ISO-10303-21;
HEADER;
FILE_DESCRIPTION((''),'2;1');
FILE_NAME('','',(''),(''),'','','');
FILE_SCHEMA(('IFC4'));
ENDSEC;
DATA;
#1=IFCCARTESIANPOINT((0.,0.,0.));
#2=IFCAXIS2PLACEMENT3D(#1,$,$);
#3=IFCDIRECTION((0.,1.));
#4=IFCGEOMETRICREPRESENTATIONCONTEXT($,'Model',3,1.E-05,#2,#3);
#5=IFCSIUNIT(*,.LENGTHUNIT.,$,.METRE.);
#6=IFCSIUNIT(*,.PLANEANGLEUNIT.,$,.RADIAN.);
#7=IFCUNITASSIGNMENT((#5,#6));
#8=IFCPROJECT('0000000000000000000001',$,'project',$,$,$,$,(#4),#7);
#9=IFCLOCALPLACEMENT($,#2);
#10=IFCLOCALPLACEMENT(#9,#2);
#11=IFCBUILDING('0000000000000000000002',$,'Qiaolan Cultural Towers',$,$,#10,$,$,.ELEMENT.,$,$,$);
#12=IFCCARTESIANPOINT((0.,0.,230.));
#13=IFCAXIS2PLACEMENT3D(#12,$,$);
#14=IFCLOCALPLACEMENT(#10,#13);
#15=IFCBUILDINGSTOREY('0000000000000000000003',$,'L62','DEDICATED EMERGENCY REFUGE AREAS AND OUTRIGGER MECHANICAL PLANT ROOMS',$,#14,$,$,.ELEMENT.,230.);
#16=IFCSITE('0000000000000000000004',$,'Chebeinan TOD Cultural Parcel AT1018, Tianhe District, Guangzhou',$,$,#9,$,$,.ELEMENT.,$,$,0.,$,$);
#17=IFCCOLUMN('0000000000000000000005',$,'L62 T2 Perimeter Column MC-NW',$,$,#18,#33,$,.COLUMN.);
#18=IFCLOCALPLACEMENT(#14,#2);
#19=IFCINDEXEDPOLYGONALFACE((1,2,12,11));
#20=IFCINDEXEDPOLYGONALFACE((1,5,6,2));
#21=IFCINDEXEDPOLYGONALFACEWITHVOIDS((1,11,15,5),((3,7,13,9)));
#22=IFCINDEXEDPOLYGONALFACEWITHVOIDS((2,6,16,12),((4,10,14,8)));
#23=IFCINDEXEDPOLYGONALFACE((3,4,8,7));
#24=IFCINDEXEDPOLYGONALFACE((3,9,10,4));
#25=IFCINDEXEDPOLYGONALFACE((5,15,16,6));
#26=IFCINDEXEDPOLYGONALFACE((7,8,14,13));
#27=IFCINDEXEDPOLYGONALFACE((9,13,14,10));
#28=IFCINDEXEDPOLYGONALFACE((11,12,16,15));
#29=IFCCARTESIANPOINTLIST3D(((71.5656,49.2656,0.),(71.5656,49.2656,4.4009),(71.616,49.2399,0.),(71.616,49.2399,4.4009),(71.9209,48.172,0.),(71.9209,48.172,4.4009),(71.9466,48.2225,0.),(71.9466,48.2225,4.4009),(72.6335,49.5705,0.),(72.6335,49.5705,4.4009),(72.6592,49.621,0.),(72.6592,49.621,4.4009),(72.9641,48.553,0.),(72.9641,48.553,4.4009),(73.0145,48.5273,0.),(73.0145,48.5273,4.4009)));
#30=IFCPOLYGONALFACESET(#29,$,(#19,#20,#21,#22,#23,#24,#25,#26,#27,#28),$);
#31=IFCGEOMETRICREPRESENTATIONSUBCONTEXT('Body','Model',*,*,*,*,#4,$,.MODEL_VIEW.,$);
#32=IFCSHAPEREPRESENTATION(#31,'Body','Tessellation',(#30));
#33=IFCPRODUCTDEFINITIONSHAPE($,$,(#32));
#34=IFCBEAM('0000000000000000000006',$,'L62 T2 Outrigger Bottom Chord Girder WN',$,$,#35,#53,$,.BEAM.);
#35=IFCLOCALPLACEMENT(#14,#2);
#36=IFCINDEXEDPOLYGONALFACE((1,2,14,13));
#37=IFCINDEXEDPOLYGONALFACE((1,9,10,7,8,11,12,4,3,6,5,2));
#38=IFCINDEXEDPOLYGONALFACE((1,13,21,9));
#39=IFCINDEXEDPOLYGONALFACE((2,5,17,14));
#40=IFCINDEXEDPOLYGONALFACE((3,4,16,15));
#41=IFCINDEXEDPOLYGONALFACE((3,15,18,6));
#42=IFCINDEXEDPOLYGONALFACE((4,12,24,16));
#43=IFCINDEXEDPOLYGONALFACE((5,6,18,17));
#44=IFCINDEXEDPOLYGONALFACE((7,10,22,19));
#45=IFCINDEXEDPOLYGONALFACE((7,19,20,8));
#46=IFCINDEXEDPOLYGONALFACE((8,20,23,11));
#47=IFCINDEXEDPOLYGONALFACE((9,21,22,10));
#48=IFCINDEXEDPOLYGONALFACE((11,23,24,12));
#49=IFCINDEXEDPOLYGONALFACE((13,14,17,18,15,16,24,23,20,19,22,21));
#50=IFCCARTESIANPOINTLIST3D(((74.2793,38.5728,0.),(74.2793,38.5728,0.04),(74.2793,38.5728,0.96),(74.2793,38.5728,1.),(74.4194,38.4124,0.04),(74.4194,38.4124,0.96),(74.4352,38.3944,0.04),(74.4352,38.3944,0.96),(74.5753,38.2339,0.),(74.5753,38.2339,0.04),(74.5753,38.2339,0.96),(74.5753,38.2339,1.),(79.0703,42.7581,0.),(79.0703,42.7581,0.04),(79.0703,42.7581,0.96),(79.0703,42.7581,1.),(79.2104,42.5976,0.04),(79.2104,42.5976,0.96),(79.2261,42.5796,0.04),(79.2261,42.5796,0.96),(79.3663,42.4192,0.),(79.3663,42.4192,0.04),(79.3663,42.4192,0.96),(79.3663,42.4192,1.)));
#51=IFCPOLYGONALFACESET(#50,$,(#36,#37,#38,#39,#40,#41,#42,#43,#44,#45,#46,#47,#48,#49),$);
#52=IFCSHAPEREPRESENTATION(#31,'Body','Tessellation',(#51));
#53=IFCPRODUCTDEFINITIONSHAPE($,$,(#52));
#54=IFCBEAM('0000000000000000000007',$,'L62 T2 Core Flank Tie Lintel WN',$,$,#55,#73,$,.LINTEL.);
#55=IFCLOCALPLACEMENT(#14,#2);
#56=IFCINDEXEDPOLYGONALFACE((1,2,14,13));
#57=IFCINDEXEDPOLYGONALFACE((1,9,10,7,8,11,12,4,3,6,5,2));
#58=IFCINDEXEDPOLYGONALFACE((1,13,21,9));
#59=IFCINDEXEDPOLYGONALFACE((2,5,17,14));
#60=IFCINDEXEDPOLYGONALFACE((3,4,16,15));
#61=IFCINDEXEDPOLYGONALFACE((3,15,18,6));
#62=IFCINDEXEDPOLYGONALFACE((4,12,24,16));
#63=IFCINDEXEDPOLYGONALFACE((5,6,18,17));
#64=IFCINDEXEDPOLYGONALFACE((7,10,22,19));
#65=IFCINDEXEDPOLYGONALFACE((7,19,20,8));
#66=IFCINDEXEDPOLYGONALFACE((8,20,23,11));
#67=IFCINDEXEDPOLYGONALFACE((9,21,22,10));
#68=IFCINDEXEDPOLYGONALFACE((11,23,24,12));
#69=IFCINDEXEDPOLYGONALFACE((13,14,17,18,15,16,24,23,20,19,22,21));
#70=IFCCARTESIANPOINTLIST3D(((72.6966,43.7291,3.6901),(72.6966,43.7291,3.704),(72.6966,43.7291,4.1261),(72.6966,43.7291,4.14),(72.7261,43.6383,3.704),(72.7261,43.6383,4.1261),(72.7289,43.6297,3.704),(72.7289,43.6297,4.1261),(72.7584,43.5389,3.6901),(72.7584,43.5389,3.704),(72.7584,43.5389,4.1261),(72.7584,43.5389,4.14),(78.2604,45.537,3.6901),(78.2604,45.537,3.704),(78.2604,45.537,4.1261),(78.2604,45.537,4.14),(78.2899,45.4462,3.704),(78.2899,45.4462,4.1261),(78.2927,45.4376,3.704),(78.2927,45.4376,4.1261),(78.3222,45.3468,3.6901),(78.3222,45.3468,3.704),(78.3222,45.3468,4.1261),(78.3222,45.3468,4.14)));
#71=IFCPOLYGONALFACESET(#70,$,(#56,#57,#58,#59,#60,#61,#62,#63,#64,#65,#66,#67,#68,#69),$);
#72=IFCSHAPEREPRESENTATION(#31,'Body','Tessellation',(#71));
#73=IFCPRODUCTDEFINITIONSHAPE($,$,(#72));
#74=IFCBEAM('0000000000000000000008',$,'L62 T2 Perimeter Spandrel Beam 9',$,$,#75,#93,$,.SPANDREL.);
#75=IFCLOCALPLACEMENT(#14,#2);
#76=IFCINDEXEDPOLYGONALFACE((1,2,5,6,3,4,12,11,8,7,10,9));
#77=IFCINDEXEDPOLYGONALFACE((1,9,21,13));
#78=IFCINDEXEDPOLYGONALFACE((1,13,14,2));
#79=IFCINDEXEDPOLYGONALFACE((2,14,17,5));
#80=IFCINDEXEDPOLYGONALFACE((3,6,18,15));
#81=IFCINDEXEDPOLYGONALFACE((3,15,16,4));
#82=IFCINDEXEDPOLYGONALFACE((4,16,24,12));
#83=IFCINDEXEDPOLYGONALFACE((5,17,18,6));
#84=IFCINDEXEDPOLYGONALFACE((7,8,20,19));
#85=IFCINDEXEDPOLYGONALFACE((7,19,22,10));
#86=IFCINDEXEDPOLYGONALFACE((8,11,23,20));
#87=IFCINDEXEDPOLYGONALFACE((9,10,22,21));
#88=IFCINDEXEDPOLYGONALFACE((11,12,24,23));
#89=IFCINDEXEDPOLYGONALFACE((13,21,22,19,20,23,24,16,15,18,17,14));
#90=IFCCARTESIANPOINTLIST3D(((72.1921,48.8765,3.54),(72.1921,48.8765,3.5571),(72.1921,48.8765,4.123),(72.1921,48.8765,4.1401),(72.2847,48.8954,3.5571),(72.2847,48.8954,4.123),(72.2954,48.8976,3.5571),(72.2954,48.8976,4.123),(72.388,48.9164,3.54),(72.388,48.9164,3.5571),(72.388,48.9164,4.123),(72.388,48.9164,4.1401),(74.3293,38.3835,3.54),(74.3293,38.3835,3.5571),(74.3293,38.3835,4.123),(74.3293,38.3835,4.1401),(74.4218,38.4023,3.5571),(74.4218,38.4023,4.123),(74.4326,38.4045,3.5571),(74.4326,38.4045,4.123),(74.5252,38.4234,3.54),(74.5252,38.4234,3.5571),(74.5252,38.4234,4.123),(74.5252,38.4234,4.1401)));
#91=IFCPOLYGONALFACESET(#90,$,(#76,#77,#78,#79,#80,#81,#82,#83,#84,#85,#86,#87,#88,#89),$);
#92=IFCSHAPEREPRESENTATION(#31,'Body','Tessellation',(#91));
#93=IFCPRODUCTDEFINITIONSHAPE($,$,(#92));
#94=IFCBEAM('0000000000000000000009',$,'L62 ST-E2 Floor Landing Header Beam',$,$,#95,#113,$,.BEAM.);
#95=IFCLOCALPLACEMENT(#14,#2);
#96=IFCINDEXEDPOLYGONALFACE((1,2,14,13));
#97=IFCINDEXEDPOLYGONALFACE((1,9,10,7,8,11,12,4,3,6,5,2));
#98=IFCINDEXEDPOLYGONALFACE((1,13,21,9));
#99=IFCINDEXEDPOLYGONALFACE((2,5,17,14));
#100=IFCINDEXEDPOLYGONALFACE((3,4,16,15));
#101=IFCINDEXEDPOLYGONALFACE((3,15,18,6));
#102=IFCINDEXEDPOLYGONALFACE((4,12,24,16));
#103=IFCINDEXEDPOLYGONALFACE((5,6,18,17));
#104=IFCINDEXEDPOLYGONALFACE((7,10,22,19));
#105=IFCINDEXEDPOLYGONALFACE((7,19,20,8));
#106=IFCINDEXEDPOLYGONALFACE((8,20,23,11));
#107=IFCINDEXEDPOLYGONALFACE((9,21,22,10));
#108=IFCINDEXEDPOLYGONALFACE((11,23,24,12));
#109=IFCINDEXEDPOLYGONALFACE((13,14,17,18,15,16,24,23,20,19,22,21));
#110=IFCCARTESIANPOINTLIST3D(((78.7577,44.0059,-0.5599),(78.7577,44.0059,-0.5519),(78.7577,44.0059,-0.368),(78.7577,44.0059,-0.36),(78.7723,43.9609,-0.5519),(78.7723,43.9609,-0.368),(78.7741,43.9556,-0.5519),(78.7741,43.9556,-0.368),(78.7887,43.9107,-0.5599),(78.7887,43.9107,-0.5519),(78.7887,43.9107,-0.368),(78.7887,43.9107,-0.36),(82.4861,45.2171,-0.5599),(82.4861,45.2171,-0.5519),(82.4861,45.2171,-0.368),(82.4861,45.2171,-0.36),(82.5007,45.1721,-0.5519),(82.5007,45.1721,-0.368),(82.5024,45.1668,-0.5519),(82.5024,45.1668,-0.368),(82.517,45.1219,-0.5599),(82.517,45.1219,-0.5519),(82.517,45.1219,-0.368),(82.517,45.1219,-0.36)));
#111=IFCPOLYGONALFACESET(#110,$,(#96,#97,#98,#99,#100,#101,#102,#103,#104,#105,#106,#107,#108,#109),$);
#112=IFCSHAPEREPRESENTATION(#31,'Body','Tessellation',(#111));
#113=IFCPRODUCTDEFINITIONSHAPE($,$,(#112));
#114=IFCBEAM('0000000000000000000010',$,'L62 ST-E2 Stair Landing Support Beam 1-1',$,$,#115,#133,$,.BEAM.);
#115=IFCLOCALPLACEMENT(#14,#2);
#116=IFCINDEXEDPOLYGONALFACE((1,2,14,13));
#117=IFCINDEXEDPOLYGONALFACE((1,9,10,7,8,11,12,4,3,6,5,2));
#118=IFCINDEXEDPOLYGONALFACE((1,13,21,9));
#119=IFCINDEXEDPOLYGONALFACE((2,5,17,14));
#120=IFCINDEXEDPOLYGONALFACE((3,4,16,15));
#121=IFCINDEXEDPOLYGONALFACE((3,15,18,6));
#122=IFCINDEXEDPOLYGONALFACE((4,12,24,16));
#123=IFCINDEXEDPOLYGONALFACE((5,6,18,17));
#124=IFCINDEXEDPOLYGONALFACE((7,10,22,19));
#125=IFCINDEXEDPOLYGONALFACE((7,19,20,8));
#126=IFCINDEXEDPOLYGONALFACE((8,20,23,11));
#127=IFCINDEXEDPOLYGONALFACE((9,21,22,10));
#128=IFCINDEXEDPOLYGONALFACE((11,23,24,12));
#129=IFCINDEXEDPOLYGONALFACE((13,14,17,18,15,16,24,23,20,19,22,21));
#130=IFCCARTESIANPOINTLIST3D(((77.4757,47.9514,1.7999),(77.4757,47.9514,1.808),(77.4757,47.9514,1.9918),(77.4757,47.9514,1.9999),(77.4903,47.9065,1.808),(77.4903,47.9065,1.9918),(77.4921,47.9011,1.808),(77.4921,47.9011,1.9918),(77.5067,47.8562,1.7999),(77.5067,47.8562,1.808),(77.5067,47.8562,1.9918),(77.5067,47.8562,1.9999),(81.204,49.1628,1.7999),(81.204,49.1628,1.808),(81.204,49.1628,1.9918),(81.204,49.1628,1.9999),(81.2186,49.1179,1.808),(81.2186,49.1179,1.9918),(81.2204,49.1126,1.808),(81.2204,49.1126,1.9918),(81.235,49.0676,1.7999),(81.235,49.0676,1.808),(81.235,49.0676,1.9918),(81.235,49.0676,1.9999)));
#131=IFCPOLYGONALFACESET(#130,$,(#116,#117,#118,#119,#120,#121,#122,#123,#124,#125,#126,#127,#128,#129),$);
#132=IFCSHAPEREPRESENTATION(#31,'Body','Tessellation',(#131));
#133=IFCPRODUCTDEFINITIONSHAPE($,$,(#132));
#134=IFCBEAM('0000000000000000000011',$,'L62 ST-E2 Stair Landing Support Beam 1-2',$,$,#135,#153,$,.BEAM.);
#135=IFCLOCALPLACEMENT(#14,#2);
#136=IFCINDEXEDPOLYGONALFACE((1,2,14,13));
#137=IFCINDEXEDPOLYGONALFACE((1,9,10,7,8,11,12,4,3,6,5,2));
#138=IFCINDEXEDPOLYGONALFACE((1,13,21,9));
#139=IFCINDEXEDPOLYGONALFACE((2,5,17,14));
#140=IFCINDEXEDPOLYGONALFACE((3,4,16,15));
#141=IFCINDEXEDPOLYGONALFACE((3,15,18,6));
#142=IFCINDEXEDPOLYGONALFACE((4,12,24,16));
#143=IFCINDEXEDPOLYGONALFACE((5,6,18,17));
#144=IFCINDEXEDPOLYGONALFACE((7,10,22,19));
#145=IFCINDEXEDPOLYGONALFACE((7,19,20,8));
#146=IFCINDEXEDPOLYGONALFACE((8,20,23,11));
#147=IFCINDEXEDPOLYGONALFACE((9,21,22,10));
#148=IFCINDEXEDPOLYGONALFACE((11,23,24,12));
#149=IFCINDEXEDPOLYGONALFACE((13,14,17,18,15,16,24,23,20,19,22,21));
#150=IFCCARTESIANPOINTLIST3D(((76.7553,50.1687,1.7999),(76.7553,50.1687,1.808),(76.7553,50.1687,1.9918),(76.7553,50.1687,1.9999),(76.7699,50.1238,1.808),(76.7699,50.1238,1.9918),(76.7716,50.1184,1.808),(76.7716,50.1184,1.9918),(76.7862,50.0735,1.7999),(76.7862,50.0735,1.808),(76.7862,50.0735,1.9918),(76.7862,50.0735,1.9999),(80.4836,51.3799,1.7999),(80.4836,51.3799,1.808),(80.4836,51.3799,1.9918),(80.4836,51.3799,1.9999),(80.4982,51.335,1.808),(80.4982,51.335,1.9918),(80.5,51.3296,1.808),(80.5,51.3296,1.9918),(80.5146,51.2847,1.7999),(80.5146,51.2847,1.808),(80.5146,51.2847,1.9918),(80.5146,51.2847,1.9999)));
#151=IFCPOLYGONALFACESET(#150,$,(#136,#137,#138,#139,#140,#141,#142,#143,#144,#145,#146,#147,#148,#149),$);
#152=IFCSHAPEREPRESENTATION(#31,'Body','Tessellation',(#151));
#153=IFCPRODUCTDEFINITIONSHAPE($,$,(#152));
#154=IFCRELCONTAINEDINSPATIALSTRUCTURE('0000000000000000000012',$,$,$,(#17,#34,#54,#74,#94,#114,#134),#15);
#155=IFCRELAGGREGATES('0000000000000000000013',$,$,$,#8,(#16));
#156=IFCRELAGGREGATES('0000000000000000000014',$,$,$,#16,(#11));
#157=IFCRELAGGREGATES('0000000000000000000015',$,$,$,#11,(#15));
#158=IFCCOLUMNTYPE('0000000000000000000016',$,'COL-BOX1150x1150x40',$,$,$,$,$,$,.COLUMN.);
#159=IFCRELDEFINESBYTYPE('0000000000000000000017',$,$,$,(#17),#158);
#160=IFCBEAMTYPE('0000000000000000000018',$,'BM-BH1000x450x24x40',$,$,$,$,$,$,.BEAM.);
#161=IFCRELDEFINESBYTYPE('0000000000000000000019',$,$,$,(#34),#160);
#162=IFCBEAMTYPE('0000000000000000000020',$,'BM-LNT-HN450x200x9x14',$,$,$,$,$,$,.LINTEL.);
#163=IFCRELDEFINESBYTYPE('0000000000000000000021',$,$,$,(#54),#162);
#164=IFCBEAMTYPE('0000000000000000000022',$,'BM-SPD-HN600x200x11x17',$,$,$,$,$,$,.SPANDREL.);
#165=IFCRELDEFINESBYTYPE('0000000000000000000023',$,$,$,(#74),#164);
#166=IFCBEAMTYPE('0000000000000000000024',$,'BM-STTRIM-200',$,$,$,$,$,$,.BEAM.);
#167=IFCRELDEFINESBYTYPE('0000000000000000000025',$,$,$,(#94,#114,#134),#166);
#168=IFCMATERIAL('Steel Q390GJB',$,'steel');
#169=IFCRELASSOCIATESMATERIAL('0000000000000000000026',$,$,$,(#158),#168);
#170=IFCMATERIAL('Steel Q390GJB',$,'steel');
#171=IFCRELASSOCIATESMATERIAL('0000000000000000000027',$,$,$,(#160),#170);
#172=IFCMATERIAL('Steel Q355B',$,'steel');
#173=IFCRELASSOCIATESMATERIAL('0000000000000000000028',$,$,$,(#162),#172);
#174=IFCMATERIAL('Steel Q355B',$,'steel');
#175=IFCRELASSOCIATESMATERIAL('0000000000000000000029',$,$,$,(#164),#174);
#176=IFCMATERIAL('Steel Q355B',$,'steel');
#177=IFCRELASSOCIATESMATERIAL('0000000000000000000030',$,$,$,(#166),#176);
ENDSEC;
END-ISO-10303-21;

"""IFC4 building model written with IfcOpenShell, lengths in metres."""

from ifc_helpers import new_model, si_unit, direction, frame, origin, origin_2d, place, context, subcontext, project, spatial, hollow_rectangle, i_section, extrude, material, material_profile, profile_set, type_object, element, save


model = new_model("IFC4")

# Units and contexts
model_context = context("Model", 3, precision=1e-05, world=origin(), true_north=direction((0.0, 1.0)))
body_context = subcontext(model_context, "Body", "Model", "MODEL_VIEW")
ifc_project = project(units=[si_unit("LENGTHUNIT", "METRE"), si_unit("PLANEANGLEUNIT", "RADIAN")], contexts=[model_context])

# Site, building, storey
site_placement = place(None, origin())
site = spatial("IfcSite", under=ifc_project, at=site_placement, Name="Chebeinan TOD Cultural Parcel AT1018, Tianhe District, Guangzhou", CompositionType="ELEMENT", RefElevation=0.0)
building_placement = place(site_placement, origin())
building = spatial("IfcBuilding", under=site, at=building_placement, Name="Qiaolan Cultural Towers", CompositionType="ELEMENT")
storey_placement = place(building_placement, frame((0.0, 0.0, 230.0)))
storey = spatial("IfcBuildingStorey", under=building, at=storey_placement, Name="L62", Description="DEDICATED EMERGENCY REFUGE AREAS AND OUTRIGGER MECHANICAL PLANT ROOMS", CompositionType="ELEMENT", Elevation=230.0)

# Column
ifc_material_1 = material(Name="Steel Q390GJB", Category="steel")
ifc_material_profile_1 = material_profile(ifc_material_1, hollow_rectangle(XDim=1.1499, YDim=1.1499, WallThickness=0.04, at=origin_2d()), Name="BOX1150x1150x40")
ifc_profile_set_1 = profile_set([ifc_material_profile_1], Name="Steel Q390GJB")
column_type = type_object("IfcColumnType", Name="COL-BOX1150x1150x40", PredefinedType="COLUMN", material=ifc_profile_set_1)
column_placement = place(storey_placement, frame((72.29, 48.8965, 0.0), z_axis=(0.0, 0.0, 1.0), x_axis=(0.951057, 0.309017, 0.0)))
element("IfcColumn", 1, at=column_placement, inside=storey, type_object=column_type, Name="L62 T2 Perimeter Column MC-NW", PredefinedType="COLUMN", context=body_context, shape_type="SweptSolid", body=[
    extrude(hollow_rectangle(XDim=1.1499, YDim=1.1499, WallThickness=0.04, at=origin_2d()), origin(), (0.0, 0.0, 1.0), 4.4009),
])

# Beams
ifc_material_2 = material(Name="Steel Q390GJB", Category="steel")
ifc_material_profile_2 = material_profile(ifc_material_2, i_section(OverallWidth=0.45, OverallDepth=1.0, WebThickness=0.0239, FlangeThickness=0.04, at=origin_2d()), Name="BH1000x450x24x40")
ifc_profile_set_2 = profile_set([ifc_material_profile_2], Name="Steel Q390GJB")
beam_type_1 = type_object("IfcBeamType", Name="BM-BH1000x450x24x40", PredefinedType="BEAM", material=ifc_profile_set_2)
beam_1_placement = place(storey_placement, frame((79.2183, 42.5886, 0.5), z_axis=(-0.753109, -0.657896, 0.0), x_axis=(0.657896, -0.753109, 0.0)))
element("IfcBeam", 2, at=beam_1_placement, inside=storey, type_object=beam_type_1, Name="L62 T2 Outrigger Bottom Chord Girder WN", PredefinedType="BEAM", context=body_context, shape_type="SweptSolid", body=[
    extrude(i_section(OverallWidth=0.45, OverallDepth=1.0, WebThickness=0.0239, FlangeThickness=0.04, at=origin_2d()), origin(), (0.0, 0.0, 1.0), 6.3616),
])
ifc_material_3 = material(Name="Steel Q355B", Category="steel")
ifc_material_profile_3 = material_profile(ifc_material_3, i_section(OverallWidth=0.2, OverallDepth=0.45, WebThickness=0.009, FlangeThickness=0.0139, at=origin_2d()), Name="HN450x200x9x14")
ifc_profile_set_3 = profile_set([ifc_material_profile_3], Name="Steel Q355B")
beam_type_2 = type_object("IfcBeamType", Name="BM-LNT-HN450x200x9x14", PredefinedType="LINTEL", material=ifc_profile_set_3)
beam_2_placement = place(storey_placement, frame((78.2913, 45.4419, 3.915), z_axis=(-0.951052, -0.309032, 0.0), x_axis=(0.309032, -0.951052, 0.0)))
element("IfcBeam", 3, at=beam_2_placement, inside=storey, type_object=beam_type_2, Name="L62 T2 Core Flank Tie Lintel WN", PredefinedType="LINTEL", context=body_context, shape_type="SweptSolid", body=[
    extrude(i_section(OverallWidth=0.2, OverallDepth=0.45, WebThickness=0.009, FlangeThickness=0.0139, at=origin_2d()), origin(), (0.0, 0.0, 1.0), 5.8501),
])
ifc_material_4 = material(Name="Steel Q355B", Category="steel")
ifc_material_profile_4 = material_profile(ifc_material_4, i_section(OverallWidth=0.2, OverallDepth=0.6001, WebThickness=0.011, FlangeThickness=0.0171, at=origin_2d()), Name="HN600x200x11x17")
ifc_profile_set_4 = profile_set([ifc_material_profile_4], Name="Steel Q355B")
beam_type_3 = type_object("IfcBeamType", Name="BM-SPD-HN600x200x11x17", PredefinedType="SPANDREL", material=ifc_profile_set_4)
beam_3_placement = place(storey_placement, frame((72.29, 48.8965, 3.8401), z_axis=(0.199579, -0.979882, 0.0), x_axis=(0.979882, 0.199579, 0.0)))
element("IfcBeam", 4, at=beam_3_placement, inside=storey, type_object=beam_type_3, Name="L62 T2 Perimeter Spandrel Beam 9", PredefinedType="SPANDREL", context=body_context, shape_type="SweptSolid", body=[
    extrude(i_section(OverallWidth=0.2, OverallDepth=0.6001, WebThickness=0.011, FlangeThickness=0.0171, at=origin_2d()), origin(), (0.0, 0.0, 1.0), 10.7085),
])
ifc_material_5 = material(Name="Steel Q355B", Category="steel")
ifc_material_profile_5 = material_profile(ifc_material_5, i_section(OverallWidth=0.1001, OverallDepth=0.2, WebThickness=0.0056, FlangeThickness=0.0081, at=origin_2d()), Name="HN200x100x5.5x8")
ifc_profile_set_5 = profile_set([ifc_material_profile_5], Name="Steel Q355B")
beam_type_4 = type_object("IfcBeamType", Name="BM-STTRIM-200", PredefinedType="BEAM", material=ifc_profile_set_5)
for number, where, z_axis, x_axis, name in (
    (5, (78.7732, 43.9583, -0.46), (0.951072, 0.308969, 0.0), (-0.308969, 0.951072, 0.0), "L62 ST-E2 Floor Landing Header Beam"),
    (6, (77.4912, 47.9038, 1.8999), (0.951054, 0.309026, 0.0), (-0.309026, 0.951054, 0.0), "L62 ST-E2 Stair Landing Support Beam 1-1"),
    (7, (76.7708, 50.1211, 1.8999), (0.951072, 0.308969, 0.0), (-0.308969, 0.951072, 0.0), "L62 ST-E2 Stair Landing Support Beam 1-2"),
):
    element("IfcBeam", number, at=place(storey_placement, frame(where, z_axis=z_axis, x_axis=x_axis)), inside=storey, type_object=beam_type_4, Name=name, PredefinedType="BEAM", context=body_context, shape_type="SweptSolid", body=[
        extrude(i_section(OverallWidth=0.1001, OverallDepth=0.2, WebThickness=0.0056, FlangeThickness=0.0081, at=origin_2d()), origin(), (0.0, 0.0, 1.0), 3.9202),
    ])

save(model, "model.ifc")
